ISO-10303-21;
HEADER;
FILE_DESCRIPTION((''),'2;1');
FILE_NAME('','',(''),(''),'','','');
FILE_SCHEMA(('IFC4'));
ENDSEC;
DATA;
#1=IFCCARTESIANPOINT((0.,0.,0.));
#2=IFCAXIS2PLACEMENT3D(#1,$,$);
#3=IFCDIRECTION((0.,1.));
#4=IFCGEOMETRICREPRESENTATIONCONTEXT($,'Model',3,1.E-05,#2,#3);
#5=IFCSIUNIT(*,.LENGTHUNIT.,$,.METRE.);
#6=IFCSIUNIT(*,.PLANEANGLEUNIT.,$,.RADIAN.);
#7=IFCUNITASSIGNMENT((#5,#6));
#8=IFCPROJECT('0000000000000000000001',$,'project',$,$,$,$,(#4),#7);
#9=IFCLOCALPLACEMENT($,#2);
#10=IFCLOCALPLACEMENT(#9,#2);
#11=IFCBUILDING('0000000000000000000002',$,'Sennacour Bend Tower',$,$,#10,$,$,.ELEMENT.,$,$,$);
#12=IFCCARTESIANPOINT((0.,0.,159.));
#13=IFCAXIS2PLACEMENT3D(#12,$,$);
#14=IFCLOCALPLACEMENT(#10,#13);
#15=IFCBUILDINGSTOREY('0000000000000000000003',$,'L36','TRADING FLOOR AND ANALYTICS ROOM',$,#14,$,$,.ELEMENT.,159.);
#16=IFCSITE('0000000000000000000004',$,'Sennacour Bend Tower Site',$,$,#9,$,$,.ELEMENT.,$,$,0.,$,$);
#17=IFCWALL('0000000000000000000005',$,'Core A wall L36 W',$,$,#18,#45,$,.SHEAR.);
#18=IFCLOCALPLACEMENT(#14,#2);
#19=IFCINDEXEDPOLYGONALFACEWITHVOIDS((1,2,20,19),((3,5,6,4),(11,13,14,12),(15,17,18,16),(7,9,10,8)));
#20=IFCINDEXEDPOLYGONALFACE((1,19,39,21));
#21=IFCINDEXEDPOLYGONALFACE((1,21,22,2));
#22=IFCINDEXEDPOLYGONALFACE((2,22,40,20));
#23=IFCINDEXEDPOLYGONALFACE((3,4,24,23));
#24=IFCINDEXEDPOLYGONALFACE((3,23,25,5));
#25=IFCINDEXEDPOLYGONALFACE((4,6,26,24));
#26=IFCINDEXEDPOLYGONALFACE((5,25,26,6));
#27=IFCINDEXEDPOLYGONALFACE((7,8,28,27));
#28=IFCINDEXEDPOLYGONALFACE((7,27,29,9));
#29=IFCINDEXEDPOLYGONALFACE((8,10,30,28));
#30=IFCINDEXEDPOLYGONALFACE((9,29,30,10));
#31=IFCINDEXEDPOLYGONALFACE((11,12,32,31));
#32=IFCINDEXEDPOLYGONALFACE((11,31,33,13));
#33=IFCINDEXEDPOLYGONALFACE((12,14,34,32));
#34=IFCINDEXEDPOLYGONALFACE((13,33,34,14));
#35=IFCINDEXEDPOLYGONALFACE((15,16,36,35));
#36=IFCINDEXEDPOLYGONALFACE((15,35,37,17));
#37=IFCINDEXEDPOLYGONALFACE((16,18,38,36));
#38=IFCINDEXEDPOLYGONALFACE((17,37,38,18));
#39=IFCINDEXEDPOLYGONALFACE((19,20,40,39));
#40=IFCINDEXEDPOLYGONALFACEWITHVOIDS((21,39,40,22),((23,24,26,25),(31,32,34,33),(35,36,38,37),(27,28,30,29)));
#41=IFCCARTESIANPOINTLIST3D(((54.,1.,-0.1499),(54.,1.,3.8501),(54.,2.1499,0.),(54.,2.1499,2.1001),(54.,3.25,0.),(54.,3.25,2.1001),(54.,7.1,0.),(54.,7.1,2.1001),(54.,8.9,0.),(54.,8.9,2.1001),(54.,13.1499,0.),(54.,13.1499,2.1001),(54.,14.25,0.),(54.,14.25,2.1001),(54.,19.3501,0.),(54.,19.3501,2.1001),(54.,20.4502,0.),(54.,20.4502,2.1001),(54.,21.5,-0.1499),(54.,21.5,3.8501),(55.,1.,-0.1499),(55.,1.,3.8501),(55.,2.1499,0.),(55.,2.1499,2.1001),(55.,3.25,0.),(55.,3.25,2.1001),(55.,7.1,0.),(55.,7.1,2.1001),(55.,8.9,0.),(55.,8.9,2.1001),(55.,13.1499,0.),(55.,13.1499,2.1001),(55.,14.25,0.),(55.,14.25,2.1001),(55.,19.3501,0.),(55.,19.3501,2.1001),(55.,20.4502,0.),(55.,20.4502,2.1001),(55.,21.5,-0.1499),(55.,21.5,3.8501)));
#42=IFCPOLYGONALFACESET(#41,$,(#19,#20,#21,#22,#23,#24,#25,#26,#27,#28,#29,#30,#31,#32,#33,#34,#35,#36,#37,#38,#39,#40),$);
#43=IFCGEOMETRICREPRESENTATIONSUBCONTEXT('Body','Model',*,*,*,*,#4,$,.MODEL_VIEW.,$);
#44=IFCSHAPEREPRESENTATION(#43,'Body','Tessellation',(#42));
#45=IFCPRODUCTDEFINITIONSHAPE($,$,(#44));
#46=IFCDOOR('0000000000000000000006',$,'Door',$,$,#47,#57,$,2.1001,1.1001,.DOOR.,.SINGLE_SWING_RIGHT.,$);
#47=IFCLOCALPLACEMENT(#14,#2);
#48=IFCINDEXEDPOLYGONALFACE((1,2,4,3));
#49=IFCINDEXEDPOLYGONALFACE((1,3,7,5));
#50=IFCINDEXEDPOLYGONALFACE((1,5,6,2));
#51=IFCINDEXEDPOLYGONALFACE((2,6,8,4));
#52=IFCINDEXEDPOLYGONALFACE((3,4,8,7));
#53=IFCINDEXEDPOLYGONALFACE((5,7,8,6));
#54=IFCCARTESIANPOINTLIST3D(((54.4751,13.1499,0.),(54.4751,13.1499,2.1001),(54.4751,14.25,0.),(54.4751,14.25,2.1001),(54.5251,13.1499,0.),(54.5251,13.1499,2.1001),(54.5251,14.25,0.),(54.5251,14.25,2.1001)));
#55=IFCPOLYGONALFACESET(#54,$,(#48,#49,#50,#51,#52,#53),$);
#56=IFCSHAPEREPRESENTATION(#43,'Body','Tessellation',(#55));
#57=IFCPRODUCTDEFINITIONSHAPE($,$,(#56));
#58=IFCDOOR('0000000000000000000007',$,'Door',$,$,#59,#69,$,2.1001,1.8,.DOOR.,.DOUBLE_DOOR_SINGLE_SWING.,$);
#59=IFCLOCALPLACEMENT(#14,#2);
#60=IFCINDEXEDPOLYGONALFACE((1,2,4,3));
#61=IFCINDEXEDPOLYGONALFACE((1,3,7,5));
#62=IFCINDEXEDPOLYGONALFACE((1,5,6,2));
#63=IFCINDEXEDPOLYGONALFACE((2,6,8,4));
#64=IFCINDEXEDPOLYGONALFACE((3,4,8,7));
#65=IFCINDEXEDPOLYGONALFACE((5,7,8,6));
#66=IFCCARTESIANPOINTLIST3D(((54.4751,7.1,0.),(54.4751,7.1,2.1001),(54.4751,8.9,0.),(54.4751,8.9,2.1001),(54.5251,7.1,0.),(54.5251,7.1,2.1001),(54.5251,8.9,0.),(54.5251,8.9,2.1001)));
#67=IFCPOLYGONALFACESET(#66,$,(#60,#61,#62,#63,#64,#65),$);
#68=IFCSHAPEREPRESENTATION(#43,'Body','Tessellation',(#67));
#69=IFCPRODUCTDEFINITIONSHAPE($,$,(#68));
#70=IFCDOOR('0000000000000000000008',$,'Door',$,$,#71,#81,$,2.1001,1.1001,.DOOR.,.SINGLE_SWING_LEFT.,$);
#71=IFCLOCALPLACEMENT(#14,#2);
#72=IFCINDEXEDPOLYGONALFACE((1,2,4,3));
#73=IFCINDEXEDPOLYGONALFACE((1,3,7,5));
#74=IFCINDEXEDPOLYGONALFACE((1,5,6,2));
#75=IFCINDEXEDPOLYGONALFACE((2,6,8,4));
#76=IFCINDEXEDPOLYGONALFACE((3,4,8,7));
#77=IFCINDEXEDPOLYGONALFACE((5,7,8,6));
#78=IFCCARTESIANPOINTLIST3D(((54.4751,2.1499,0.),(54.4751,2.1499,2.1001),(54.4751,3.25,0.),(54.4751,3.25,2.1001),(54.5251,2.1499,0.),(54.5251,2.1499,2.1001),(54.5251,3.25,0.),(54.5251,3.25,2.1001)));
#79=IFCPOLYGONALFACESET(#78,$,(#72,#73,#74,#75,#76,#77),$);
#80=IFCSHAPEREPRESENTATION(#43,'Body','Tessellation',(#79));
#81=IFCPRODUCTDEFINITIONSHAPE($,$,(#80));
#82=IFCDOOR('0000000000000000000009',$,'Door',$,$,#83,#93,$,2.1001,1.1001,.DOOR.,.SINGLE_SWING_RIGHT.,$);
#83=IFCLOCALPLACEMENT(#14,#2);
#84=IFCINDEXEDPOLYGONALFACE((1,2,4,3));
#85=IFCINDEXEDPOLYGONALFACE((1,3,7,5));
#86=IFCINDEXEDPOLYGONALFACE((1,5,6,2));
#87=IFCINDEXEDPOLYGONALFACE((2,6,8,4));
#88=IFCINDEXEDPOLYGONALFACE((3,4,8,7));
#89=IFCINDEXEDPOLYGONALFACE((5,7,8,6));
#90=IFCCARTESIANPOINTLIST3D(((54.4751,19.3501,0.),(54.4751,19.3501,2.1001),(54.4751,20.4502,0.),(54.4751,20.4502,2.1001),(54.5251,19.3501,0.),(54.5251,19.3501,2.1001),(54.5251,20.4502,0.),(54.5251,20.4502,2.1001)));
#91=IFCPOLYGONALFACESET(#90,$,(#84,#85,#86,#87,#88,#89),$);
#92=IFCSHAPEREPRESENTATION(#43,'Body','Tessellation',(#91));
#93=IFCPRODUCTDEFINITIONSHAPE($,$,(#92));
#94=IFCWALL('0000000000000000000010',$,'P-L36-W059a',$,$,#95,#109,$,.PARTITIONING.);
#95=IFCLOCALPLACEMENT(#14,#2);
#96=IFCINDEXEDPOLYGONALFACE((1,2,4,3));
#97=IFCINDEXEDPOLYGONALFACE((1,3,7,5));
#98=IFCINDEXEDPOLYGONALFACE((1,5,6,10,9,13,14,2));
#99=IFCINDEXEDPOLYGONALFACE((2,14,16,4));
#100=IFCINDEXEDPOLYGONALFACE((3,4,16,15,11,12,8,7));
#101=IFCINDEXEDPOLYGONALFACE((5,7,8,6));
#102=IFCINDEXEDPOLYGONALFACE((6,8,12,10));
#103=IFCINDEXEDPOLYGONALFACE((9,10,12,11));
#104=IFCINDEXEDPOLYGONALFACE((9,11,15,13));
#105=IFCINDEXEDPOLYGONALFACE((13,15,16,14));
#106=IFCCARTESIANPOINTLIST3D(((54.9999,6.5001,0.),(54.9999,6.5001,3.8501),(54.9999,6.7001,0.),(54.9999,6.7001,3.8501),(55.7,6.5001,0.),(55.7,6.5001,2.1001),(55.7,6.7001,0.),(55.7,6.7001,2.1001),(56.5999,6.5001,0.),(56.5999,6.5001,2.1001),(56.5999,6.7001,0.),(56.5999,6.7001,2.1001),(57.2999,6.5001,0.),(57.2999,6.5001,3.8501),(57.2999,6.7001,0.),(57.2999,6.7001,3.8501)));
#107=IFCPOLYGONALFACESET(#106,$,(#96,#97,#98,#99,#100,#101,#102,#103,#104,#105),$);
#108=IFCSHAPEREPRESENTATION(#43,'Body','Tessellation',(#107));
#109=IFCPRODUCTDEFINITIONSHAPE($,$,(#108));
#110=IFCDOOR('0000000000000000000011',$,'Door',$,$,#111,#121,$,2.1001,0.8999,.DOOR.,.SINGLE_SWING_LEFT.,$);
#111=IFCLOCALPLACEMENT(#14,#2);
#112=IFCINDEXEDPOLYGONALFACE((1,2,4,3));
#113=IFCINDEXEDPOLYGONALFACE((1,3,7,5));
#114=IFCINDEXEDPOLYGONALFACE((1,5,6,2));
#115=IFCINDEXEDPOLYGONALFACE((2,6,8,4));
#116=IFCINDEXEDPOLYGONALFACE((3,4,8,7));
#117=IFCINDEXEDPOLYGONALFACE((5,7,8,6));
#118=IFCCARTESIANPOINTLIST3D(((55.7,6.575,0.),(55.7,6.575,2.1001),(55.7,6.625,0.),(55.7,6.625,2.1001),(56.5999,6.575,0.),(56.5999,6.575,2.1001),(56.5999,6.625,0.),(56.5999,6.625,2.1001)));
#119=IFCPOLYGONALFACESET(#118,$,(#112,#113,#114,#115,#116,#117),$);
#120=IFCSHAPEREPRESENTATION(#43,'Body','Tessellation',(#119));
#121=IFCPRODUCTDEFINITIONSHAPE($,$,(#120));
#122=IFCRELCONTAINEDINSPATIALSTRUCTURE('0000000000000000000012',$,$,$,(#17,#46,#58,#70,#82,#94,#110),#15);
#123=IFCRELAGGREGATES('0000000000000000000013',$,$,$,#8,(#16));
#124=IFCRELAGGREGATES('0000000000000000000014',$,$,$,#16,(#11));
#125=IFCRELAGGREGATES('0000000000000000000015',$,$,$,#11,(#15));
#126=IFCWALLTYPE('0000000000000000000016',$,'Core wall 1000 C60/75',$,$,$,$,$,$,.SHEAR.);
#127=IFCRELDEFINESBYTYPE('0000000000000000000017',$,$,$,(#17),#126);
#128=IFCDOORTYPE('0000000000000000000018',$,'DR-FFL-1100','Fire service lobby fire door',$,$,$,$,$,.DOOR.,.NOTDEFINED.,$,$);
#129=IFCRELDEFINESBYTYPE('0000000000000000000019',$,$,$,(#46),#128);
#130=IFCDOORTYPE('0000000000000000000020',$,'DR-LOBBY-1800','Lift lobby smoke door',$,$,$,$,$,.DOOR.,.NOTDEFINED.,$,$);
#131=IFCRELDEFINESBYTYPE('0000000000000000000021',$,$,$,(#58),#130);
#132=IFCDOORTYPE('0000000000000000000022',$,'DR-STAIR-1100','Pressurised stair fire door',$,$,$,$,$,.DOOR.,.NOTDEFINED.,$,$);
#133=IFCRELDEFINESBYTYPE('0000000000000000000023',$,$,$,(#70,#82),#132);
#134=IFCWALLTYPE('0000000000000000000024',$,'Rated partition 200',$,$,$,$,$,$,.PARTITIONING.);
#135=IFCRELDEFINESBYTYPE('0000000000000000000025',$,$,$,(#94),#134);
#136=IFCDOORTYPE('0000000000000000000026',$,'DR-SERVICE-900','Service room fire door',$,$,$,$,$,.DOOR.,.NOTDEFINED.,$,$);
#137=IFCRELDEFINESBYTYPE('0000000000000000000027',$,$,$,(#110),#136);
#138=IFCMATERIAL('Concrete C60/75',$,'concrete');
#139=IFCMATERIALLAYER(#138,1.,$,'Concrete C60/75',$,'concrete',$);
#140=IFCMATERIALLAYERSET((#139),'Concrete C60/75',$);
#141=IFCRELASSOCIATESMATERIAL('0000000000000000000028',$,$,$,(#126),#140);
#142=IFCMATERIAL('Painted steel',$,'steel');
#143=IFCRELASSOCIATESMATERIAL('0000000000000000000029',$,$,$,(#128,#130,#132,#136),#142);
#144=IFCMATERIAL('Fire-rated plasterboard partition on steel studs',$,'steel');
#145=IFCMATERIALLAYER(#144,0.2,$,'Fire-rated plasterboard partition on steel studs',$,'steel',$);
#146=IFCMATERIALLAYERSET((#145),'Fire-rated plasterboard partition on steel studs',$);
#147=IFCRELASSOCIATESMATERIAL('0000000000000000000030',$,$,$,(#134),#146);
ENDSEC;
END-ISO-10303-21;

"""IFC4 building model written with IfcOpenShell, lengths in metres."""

from ifc_helpers import new_model, si_unit, direction, frame, frame_2d, origin, place, context, subcontext, project, spatial, rectangle, extrude, material, layer, layer_set, type_object, element, fill, save


model = new_model("IFC4")

# Units and contexts
model_context = context("Model", 3, precision=1e-05, world=origin(), true_north=direction((0.0, 1.0)))
body_context = subcontext(model_context, "Body", "Model", "MODEL_VIEW")
ifc_project = project(units=[si_unit("LENGTHUNIT", "METRE"), si_unit("PLANEANGLEUNIT", "RADIAN")], contexts=[model_context])

# Site, building, storey
site_placement = place(None, origin())
site = spatial("IfcSite", under=ifc_project, at=site_placement, Name="Sennacour Bend Tower Site", CompositionType="ELEMENT", RefElevation=0.0)
building_placement = place(site_placement, origin())
building = spatial("IfcBuilding", under=site, at=building_placement, Name="Sennacour Bend Tower", CompositionType="ELEMENT")
storey_placement = place(building_placement, frame((0.0, 0.0, 159.0)))
storey = spatial("IfcBuildingStorey", under=building, at=storey_placement, Name="L36", Description="TRADING FLOOR AND ANALYTICS ROOM", CompositionType="ELEMENT", Elevation=159.0)

# Wall, openings, doors
ifc_material_1 = material(Name="Concrete C60/75", Category="concrete")
ifc_layer_1 = layer(ifc_material_1, 1.0, Name="Concrete C60/75", Category="concrete")
ifc_layer_set_1 = layer_set([ifc_layer_1], Name="Concrete C60/75")
wall_type_1 = type_object("IfcWallType", Name="Core wall 1000 C60/75", PredefinedType="SHEAR", material=ifc_layer_set_1)
wall_1_placement = place(storey_placement, frame((54.5, 1.0, -0.1499), z_axis=(0.0, 0.0, 1.0), x_axis=(0.0, 1.0, 0.0)))
wall_1 = element("IfcWall", 1, at=wall_1_placement, inside=storey, type_object=wall_type_1, Name="Core A wall L36 W", PredefinedType="SHEAR", context=body_context, shape_type="SweptSolid", body=[
    extrude(rectangle(XDim=20.5, YDim=1.0, at=frame_2d((10.25, 0.0))), origin(), (0.0, 0.0, 1.0), 4.0),
])
opening_1_placement = place(wall_1_placement, frame((6.1001, 0.0, 0.1499)))
opening_1 = element("IfcOpeningElement", 2, at=opening_1_placement, cuts=wall_1, PredefinedType="OPENING", context=body_context, shape_type="SweptSolid", body=[
    extrude(rectangle(XDim=1.8, YDim=2.1001, at=frame_2d((0.8999, 1.05))), frame((0.0, 0.51, 0.0), z_axis=(0.0, -1.0, 0.0), x_axis=(1.0, 0.0, 0.0)), (0.0, 0.0, 1.0), 1.02),
])
opening_2_placement = place(wall_1_placement, frame((12.1499, 0.0, 0.1499)))
opening_2 = element("IfcOpeningElement", 3, at=opening_2_placement, cuts=wall_1, PredefinedType="OPENING", context=body_context, shape_type="SweptSolid", body=[
    extrude(rectangle(XDim=1.1001, YDim=2.1001, at=frame_2d((0.55, 1.05))), frame((0.0, 0.51, 0.0), z_axis=(0.0, -1.0, 0.0), x_axis=(1.0, 0.0, 0.0)), (0.0, 0.0, 1.0), 1.02),
])
opening_3_placement = place(wall_1_placement, frame((1.1499, 0.0, 0.1499)))
opening_3 = element("IfcOpeningElement", 4, at=opening_3_placement, cuts=wall_1, PredefinedType="OPENING", context=body_context, shape_type="SweptSolid", body=[
    extrude(rectangle(XDim=1.1001, YDim=2.1001, at=frame_2d((0.55, 1.05))), frame((0.0, 0.51, 0.0), z_axis=(0.0, -1.0, 0.0), x_axis=(1.0, 0.0, 0.0)), (0.0, 0.0, 1.0), 1.02),
])
opening_4_placement = place(wall_1_placement, frame((18.3501, 0.0, 0.1499)))
opening_4 = element("IfcOpeningElement", 5, at=opening_4_placement, cuts=wall_1, PredefinedType="OPENING", context=body_context, shape_type="SweptSolid", body=[
    extrude(rectangle(XDim=1.1001, YDim=2.1001, at=frame_2d((0.55, 1.05))), frame((0.0, 0.51, 0.0), z_axis=(0.0, -1.0, 0.0), x_axis=(1.0, 0.0, 0.0)), (0.0, 0.0, 1.0), 1.02),
])
ifc_material_2 = material(Name="Painted steel", Category="steel")
door_type_1 = type_object("IfcDoorType", Name="DR-FFL-1100", Description="Fire service lobby fire door", OperationType="NOTDEFINED", PredefinedType="DOOR", material=ifc_material_2)
door_1_placement = place(opening_2_placement, origin())
door_1 = element("IfcDoor", 6, at=door_1_placement, inside=storey, type_object=door_type_1, Name="Door", OperationType="SINGLE_SWING_RIGHT", OverallHeight=2.1001, OverallWidth=1.1001, PredefinedType="DOOR", context=body_context, shape_type="SweptSolid", body=[
    extrude(rectangle(XDim=1.1001, YDim=2.1001, at=frame_2d((0.55, 1.05))), frame((0.0, 0.0249, 0.0), z_axis=(0.0, -1.0, 0.0), x_axis=(1.0, 0.0, 0.0)), (0.0, 0.0, 1.0), 0.05),
])
fill(opening_2, door_1)
door_type_2 = type_object("IfcDoorType", Name="DR-LOBBY-1800", Description="Lift lobby smoke door", OperationType="NOTDEFINED", PredefinedType="DOOR", material=ifc_material_2)
door_2_placement = place(opening_1_placement, origin())
door_2 = element("IfcDoor", 7, at=door_2_placement, inside=storey, type_object=door_type_2, Name="Door", OperationType="DOUBLE_DOOR_SINGLE_SWING", OverallHeight=2.1001, OverallWidth=1.8, PredefinedType="DOOR", context=body_context, shape_type="SweptSolid", body=[
    extrude(rectangle(XDim=1.8, YDim=2.1001, at=frame_2d((0.8999, 1.05))), frame((0.0, 0.0249, 0.0), z_axis=(0.0, -1.0, 0.0), x_axis=(1.0, 0.0, 0.0)), (0.0, 0.0, 1.0), 0.05),
])
fill(opening_1, door_2)
door_type_3 = type_object("IfcDoorType", Name="DR-STAIR-1100", Description="Pressurised stair fire door", OperationType="NOTDEFINED", PredefinedType="DOOR", material=ifc_material_2)
door_3_placement = place(opening_3_placement, origin())
door_3 = element("IfcDoor", 8, at=door_3_placement, inside=storey, type_object=door_type_3, Name="Door", OperationType="SINGLE_SWING_LEFT", OverallHeight=2.1001, OverallWidth=1.1001, PredefinedType="DOOR", context=body_context, shape_type="SweptSolid", body=[
    extrude(rectangle(XDim=1.1001, YDim=2.1001, at=frame_2d((0.55, 1.05))), frame((0.0, 0.0249, 0.0), z_axis=(0.0, -1.0, 0.0), x_axis=(1.0, 0.0, 0.0)), (0.0, 0.0, 1.0), 0.05),
])
fill(opening_3, door_3)
door_4_placement = place(opening_4_placement, origin())
door_4 = element("IfcDoor", 9, at=door_4_placement, inside=storey, type_object=door_type_3, Name="Door", OperationType="SINGLE_SWING_RIGHT", OverallHeight=2.1001, OverallWidth=1.1001, PredefinedType="DOOR", context=body_context, shape_type="SweptSolid", body=[
    extrude(rectangle(XDim=1.1001, YDim=2.1001, at=frame_2d((0.55, 1.05))), frame((0.0, 0.0249, 0.0), z_axis=(0.0, -1.0, 0.0), x_axis=(1.0, 0.0, 0.0)), (0.0, 0.0, 1.0), 0.05),
])
fill(opening_4, door_4)

# Wall, opening, door
ifc_material_3 = material(Name="Fire-rated plasterboard partition on steel studs", Category="steel")
ifc_layer_2 = layer(ifc_material_3, 0.2, Name="Fire-rated plasterboard partition on steel studs", Category="steel")
ifc_layer_set_2 = layer_set([ifc_layer_2], Name="Fire-rated plasterboard partition on steel studs")
wall_type_2 = type_object("IfcWallType", Name="Rated partition 200", PredefinedType="PARTITIONING", material=ifc_layer_set_2)
wall_2_placement = place(storey_placement, frame((55.0, 6.6001, 0.0), z_axis=(0.0, 0.0, 1.0), x_axis=(1.0, 0.0, 0.0)))
wall_2 = element("IfcWall", 10, at=wall_2_placement, inside=storey, type_object=wall_type_2, Name="P-L36-W059a", PredefinedType="PARTITIONING", context=body_context, shape_type="SweptSolid", body=[
    extrude(rectangle(XDim=2.3, YDim=0.2, at=frame_2d((1.1499, 0.0))), origin(), (0.0, 0.0, 1.0), 3.8501),
])
opening_5_placement = place(wall_2_placement, frame((0.7, 0.0, 0.0)))
opening_5 = element("IfcOpeningElement", 11, at=opening_5_placement, cuts=wall_2, PredefinedType="OPENING", context=body_context, shape_type="SweptSolid", body=[
    extrude(rectangle(XDim=0.8999, YDim=2.1001, at=frame_2d((0.45, 1.05))), frame((0.0, 0.1099, 0.0), z_axis=(0.0, -1.0, 0.0), x_axis=(1.0, 0.0, 0.0)), (0.0, 0.0, 1.0), 0.22),
])
door_type_4 = type_object("IfcDoorType", Name="DR-SERVICE-900", Description="Service room fire door", OperationType="NOTDEFINED", PredefinedType="DOOR", material=ifc_material_2)
door_5_placement = place(opening_5_placement, origin())
door_5 = element("IfcDoor", 12, at=door_5_placement, inside=storey, type_object=door_type_4, Name="Door", OperationType="SINGLE_SWING_LEFT", OverallHeight=2.1001, OverallWidth=0.8999, PredefinedType="DOOR", context=body_context, shape_type="SweptSolid", body=[
    extrude(rectangle(XDim=0.8999, YDim=2.1001, at=frame_2d((0.45, 1.05))), frame((0.0, 0.0249, 0.0), z_axis=(0.0, -1.0, 0.0), x_axis=(1.0, 0.0, 0.0)), (0.0, 0.0, 1.0), 0.05),
])
fill(opening_5, door_5)

save(model, "model.ifc")
